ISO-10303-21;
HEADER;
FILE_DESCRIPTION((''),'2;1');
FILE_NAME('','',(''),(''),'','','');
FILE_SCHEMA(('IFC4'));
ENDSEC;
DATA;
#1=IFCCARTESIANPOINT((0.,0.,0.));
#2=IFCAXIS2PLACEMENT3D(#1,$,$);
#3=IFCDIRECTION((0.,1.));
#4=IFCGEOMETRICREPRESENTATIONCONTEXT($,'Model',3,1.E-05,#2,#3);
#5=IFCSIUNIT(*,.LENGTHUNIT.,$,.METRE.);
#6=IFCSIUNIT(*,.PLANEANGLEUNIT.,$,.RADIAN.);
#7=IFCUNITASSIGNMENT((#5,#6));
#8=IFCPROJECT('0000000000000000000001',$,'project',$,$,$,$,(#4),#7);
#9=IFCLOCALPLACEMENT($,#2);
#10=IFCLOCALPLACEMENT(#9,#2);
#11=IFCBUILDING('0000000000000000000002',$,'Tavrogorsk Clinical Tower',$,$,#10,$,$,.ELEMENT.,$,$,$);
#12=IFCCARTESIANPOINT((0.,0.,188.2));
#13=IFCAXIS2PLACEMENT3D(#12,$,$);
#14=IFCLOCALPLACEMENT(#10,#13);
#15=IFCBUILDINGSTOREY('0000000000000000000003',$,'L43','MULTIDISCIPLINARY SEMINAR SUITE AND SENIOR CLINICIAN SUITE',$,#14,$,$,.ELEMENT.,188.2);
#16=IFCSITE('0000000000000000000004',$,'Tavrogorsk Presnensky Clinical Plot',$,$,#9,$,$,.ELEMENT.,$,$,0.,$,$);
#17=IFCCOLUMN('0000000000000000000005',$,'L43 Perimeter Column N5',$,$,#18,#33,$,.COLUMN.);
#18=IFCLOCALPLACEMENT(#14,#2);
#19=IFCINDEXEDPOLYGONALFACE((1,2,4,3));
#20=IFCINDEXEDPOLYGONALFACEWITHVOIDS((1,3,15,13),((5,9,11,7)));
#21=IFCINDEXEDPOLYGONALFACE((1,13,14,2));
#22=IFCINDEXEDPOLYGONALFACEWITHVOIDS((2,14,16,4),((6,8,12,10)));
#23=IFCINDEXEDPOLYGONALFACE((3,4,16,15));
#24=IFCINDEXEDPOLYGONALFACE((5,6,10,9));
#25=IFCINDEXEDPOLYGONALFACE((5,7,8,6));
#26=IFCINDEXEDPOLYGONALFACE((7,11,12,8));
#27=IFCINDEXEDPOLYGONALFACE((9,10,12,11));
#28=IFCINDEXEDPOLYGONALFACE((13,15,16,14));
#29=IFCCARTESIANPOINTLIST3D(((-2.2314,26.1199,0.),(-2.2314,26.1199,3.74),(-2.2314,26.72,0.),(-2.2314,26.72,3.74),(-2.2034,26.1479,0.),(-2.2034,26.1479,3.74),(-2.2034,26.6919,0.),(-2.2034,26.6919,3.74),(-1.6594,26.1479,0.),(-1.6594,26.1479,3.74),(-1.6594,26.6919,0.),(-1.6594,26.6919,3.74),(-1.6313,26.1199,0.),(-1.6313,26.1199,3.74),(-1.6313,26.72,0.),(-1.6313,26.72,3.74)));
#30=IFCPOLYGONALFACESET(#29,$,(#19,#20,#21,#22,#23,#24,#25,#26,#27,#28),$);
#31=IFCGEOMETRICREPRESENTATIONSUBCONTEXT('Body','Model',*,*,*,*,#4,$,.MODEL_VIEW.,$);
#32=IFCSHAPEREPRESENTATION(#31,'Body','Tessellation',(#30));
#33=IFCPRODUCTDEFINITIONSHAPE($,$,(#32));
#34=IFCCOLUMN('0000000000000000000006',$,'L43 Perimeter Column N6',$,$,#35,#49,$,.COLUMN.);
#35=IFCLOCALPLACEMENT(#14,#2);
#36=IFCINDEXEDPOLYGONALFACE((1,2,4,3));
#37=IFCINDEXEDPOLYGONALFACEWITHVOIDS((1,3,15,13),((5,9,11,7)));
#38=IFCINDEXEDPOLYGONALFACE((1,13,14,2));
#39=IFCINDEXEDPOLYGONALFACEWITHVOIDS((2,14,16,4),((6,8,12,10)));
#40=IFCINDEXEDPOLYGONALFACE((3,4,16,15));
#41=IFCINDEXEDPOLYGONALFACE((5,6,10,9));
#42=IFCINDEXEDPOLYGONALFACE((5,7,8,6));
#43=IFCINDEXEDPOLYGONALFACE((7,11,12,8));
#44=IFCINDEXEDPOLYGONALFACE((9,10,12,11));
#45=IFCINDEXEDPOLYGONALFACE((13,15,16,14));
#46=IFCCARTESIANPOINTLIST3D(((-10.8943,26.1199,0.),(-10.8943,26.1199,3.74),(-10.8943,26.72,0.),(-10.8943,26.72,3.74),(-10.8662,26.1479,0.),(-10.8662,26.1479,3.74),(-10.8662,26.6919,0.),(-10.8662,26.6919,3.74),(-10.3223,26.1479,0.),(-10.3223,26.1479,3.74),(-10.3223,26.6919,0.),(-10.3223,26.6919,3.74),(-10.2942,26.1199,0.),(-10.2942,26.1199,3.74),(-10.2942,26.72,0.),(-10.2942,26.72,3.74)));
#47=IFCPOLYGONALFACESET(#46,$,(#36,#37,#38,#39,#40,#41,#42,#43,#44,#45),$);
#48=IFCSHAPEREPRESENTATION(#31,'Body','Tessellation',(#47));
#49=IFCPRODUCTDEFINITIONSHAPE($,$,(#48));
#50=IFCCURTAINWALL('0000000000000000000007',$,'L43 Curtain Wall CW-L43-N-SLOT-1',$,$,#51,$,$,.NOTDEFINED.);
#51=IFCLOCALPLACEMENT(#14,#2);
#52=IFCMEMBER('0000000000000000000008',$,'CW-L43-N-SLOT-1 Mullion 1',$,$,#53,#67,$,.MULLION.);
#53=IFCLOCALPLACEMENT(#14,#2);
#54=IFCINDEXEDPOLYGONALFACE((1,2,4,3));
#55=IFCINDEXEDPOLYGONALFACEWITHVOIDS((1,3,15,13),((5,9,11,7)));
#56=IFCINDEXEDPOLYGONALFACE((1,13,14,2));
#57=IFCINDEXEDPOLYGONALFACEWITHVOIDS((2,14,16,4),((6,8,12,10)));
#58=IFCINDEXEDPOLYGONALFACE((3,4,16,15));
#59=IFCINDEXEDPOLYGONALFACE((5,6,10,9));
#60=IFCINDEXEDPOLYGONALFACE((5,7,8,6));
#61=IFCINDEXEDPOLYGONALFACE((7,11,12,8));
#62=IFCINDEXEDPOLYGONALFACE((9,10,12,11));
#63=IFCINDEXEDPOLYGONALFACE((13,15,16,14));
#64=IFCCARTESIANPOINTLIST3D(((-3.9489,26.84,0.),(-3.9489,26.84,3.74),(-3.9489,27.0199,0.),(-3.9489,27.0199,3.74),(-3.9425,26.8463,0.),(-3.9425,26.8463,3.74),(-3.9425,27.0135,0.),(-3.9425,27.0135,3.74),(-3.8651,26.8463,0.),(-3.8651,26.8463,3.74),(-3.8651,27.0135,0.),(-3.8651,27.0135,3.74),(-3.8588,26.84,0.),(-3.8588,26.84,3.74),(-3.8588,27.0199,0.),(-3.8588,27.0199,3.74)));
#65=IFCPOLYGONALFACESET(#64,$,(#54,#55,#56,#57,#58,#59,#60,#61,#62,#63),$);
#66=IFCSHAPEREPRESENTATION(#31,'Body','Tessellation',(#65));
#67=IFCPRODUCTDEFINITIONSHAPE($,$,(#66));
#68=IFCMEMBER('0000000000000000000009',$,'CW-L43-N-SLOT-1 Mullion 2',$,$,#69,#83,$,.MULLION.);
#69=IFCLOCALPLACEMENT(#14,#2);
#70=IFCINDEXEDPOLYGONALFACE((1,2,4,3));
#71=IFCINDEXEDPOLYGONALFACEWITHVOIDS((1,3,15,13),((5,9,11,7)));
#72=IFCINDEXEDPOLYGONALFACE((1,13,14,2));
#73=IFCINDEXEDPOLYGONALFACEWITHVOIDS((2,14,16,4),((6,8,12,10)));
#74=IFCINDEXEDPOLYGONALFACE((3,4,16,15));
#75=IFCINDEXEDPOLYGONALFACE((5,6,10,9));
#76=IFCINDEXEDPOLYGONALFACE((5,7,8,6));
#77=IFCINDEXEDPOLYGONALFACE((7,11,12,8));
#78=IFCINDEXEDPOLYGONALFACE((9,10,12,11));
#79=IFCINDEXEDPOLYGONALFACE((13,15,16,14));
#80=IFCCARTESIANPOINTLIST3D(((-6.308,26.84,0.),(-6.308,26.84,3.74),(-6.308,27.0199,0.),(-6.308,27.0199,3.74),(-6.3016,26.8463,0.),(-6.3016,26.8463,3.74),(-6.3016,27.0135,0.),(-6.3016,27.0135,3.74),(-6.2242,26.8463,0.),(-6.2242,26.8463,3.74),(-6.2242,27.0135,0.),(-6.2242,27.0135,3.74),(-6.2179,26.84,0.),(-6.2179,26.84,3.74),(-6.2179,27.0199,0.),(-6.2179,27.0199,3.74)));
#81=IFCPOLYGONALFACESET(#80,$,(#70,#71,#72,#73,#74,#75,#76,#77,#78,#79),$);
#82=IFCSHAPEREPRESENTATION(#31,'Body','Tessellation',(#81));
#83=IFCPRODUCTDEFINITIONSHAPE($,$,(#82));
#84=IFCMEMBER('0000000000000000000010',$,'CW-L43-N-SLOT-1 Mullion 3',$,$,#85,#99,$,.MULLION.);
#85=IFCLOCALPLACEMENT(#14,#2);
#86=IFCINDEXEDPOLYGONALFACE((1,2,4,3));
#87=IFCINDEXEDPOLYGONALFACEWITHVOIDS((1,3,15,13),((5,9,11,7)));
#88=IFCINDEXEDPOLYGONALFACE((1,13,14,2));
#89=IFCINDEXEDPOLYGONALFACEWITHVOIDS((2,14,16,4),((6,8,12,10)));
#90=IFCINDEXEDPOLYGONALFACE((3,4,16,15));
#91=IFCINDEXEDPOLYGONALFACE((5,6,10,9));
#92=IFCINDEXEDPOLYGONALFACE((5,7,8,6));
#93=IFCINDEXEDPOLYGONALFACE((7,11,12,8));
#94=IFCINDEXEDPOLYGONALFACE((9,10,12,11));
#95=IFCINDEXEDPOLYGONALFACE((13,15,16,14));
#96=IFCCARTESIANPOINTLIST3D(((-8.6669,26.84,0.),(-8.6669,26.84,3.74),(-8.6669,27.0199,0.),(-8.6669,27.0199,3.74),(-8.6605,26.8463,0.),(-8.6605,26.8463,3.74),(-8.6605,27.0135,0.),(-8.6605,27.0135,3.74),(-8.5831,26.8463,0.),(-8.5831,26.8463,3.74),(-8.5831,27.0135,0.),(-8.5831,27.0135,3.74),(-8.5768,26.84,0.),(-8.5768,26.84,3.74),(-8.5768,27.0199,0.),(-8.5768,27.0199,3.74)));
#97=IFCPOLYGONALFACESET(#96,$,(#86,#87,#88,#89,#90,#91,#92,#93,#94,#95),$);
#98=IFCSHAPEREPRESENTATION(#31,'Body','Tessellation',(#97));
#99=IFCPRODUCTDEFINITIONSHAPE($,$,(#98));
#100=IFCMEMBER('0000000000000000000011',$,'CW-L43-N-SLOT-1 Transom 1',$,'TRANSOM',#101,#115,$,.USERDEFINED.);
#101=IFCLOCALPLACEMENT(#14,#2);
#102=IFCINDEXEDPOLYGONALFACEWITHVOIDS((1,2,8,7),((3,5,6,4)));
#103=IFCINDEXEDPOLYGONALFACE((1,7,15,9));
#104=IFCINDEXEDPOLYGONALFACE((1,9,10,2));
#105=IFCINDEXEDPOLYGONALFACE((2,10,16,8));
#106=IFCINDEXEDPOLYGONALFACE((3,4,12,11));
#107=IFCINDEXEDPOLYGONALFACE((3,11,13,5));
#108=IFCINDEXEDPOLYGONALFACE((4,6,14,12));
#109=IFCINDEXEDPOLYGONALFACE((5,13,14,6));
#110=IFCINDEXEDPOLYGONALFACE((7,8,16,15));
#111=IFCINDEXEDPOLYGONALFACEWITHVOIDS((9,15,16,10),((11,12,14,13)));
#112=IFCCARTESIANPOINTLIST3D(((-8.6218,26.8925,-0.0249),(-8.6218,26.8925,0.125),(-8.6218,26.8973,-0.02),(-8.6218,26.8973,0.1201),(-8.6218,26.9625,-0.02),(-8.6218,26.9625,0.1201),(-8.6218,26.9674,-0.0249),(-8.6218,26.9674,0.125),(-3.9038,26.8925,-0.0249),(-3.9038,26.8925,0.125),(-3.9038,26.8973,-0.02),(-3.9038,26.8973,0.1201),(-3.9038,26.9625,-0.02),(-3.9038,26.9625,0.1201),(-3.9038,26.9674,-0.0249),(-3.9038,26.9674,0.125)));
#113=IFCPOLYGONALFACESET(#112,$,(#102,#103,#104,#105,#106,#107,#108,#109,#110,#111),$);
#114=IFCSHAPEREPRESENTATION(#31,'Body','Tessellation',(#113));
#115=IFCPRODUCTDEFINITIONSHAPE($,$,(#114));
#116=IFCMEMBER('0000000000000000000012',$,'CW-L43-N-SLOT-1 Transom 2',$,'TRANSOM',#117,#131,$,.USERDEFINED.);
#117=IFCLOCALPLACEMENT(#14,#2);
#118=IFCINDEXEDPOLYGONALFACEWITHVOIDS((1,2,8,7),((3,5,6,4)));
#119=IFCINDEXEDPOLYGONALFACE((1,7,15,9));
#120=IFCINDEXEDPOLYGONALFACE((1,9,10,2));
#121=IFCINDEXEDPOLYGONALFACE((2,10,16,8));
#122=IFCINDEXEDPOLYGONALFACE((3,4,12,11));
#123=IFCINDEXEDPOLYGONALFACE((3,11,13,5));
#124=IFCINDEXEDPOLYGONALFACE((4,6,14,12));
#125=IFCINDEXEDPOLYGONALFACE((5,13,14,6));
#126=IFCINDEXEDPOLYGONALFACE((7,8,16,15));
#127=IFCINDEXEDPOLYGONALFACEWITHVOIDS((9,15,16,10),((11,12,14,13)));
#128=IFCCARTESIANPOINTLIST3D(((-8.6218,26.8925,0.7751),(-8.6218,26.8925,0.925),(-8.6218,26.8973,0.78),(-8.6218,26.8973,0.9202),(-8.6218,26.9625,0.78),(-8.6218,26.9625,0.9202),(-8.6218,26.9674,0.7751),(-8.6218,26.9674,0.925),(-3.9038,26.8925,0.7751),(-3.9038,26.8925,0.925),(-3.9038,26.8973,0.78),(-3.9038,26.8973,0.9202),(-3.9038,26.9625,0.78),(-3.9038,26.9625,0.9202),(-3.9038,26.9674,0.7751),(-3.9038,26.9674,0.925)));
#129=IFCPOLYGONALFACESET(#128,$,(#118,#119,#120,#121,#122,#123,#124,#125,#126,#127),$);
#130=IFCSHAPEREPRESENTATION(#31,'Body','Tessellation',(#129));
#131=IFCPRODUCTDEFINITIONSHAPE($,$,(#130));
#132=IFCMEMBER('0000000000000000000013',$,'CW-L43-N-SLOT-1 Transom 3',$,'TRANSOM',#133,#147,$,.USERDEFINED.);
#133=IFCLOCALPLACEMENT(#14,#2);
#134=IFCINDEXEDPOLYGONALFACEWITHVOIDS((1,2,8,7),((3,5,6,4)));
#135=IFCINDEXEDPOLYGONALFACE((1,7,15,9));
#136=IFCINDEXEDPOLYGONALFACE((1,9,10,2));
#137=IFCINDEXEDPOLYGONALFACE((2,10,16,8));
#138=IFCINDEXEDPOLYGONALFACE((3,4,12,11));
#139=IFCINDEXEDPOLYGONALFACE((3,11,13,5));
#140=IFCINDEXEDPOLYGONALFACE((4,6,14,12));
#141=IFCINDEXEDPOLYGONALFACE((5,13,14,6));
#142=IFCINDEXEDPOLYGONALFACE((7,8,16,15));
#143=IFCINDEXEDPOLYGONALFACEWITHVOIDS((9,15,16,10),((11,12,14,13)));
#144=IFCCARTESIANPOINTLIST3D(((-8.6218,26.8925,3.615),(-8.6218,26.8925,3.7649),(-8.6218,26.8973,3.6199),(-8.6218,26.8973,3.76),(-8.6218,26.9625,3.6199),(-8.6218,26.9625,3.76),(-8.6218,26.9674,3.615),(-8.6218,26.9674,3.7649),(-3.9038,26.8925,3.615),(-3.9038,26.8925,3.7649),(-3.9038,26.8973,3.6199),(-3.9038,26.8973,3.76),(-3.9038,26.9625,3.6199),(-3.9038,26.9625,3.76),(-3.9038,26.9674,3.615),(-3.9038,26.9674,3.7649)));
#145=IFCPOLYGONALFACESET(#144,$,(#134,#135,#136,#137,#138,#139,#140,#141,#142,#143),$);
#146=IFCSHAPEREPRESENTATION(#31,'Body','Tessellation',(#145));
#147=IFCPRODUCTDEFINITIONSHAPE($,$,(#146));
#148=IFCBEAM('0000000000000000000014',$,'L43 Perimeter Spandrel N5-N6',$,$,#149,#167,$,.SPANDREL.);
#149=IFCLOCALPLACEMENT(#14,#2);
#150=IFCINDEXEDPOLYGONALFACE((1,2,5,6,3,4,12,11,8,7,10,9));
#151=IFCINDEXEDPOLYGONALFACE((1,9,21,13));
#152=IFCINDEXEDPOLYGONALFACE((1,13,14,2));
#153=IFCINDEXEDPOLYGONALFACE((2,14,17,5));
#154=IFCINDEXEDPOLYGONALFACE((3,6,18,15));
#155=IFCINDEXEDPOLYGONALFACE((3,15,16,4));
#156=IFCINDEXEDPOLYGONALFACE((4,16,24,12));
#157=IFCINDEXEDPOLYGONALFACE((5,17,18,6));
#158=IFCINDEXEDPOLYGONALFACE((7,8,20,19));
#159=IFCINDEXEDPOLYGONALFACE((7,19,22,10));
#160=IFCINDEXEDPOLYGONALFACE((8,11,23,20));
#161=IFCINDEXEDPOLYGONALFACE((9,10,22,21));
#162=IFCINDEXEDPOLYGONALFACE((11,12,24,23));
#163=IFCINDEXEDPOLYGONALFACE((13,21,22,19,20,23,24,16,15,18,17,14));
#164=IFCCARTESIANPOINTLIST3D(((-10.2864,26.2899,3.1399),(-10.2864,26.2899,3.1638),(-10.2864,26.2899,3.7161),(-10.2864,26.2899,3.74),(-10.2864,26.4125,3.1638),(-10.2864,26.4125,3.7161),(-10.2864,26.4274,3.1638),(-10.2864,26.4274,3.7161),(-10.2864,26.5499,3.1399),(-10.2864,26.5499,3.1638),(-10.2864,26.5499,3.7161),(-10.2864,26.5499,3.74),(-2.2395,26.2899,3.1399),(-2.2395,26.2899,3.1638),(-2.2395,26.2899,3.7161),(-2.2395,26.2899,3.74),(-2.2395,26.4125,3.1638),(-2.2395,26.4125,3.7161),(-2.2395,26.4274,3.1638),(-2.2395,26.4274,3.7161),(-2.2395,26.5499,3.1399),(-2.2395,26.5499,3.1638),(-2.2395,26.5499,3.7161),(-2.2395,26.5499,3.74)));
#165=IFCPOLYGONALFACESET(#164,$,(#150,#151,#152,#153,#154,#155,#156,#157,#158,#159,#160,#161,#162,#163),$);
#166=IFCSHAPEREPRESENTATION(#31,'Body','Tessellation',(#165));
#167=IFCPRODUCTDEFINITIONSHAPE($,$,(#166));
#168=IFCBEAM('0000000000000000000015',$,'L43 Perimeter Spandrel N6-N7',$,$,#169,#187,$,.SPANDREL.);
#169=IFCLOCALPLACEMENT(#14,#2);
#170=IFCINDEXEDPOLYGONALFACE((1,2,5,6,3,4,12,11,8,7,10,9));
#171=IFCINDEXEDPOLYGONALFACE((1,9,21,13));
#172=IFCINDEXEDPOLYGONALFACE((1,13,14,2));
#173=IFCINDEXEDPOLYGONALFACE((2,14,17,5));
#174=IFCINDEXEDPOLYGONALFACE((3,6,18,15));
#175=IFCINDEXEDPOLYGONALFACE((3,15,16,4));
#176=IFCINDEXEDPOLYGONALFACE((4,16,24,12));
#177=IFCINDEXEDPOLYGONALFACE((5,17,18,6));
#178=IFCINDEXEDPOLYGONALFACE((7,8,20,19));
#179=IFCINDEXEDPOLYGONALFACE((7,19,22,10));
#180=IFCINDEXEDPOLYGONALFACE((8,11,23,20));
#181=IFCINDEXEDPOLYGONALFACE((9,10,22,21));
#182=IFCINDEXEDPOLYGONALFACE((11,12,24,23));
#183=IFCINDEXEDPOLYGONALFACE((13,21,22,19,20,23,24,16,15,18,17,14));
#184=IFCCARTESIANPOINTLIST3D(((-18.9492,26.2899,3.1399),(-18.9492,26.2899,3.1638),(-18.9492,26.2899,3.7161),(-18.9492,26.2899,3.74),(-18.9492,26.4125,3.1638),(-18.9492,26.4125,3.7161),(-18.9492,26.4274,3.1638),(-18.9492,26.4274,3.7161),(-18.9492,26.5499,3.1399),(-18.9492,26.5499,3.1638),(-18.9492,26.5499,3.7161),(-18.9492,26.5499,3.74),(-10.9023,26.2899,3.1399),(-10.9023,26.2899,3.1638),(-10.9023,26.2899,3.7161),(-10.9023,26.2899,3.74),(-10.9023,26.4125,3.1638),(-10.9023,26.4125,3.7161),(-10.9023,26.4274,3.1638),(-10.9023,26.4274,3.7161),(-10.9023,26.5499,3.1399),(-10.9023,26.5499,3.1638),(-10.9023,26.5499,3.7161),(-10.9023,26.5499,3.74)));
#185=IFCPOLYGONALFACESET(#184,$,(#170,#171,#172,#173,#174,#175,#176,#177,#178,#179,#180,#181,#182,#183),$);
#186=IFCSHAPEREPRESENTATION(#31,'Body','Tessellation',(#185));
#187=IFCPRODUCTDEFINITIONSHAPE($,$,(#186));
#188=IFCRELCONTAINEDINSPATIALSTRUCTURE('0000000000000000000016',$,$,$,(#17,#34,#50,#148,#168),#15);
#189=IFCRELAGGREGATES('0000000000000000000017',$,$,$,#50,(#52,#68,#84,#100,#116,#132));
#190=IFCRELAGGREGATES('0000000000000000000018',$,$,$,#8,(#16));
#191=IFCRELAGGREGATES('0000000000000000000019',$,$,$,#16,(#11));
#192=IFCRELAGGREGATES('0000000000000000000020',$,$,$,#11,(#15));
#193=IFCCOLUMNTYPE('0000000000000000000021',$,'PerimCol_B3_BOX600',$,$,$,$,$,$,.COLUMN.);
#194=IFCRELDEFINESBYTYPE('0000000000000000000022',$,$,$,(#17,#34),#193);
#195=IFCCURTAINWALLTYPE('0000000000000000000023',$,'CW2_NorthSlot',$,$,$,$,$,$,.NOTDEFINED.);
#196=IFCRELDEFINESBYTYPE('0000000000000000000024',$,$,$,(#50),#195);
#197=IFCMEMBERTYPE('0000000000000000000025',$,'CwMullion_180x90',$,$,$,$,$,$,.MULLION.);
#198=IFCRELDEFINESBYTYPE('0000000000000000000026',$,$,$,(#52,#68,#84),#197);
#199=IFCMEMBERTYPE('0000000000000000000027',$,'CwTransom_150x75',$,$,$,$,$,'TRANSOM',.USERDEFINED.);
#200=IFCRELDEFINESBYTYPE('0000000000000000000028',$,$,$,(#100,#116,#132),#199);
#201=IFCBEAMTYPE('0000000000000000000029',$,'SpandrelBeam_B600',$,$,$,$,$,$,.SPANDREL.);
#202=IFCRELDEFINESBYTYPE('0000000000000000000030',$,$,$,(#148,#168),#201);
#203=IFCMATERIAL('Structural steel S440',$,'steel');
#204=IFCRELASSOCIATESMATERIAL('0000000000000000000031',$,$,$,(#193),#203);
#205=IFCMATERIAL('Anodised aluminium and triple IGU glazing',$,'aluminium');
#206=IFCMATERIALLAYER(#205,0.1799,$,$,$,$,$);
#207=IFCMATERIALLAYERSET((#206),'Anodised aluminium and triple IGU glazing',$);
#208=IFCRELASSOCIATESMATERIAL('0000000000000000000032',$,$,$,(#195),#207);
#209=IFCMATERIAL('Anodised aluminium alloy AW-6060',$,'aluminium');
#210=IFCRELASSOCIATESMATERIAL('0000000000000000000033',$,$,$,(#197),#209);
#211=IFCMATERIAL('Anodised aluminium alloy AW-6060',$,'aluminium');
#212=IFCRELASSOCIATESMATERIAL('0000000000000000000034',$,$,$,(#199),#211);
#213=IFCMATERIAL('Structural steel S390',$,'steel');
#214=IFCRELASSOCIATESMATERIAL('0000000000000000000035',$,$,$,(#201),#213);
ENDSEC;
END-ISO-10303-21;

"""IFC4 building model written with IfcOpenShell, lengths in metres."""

from ifc_helpers import new_model, si_unit, direction, frame, origin, origin_2d, place, context, subcontext, project, spatial, hollow_rectangle, i_section, extrude, material, layer, layer_set, material_profile, profile_set, type_object, element, aggregate, save


model = new_model("IFC4")

# Units and contexts
model_context = context("Model", 3, precision=1e-05, world=origin(), true_north=direction((0.0, 1.0)))
body_context = subcontext(model_context, "Body", "Model", "MODEL_VIEW")
ifc_project = project(units=[si_unit("LENGTHUNIT", "METRE"), si_unit("PLANEANGLEUNIT", "RADIAN")], contexts=[model_context])

# Site, building, storey
site_placement = place(None, origin())
site = spatial("IfcSite", under=ifc_project, at=site_placement, Name="Tavrogorsk Presnensky Clinical Plot", CompositionType="ELEMENT", RefElevation=0.0)
building_placement = place(site_placement, origin())
building = spatial("IfcBuilding", under=site, at=building_placement, Name="Tavrogorsk Clinical Tower", CompositionType="ELEMENT")
storey_placement = place(building_placement, frame((0.0, 0.0, 188.2)))
storey = spatial("IfcBuildingStorey", under=building, at=storey_placement, Name="L43", Description="MULTIDISCIPLINARY SEMINAR SUITE AND SENIOR CLINICIAN SUITE", CompositionType="ELEMENT", Elevation=188.2)

# Columns
ifc_material_1 = material(Name="Structural steel S440", Category="steel")
ifc_material_profile_1 = material_profile(ifc_material_1, hollow_rectangle(XDim=0.6001, YDim=0.6001, WallThickness=0.0281, at=origin_2d()), Name="BOX-600x600x28")
ifc_profile_set_1 = profile_set([ifc_material_profile_1], Name="Structural steel S440")
column_type = type_object("IfcColumnType", Name="PerimCol_B3_BOX600", PredefinedType="COLUMN", material=ifc_profile_set_1)
for number, where, z_axis, x_axis, name in (
    (1, (-1.9314, 26.4199, 0.0), (0.0, 0.0, 1.0), (1.0, 0.0, 0.0), "L43 Perimeter Column N5"),
    (2, (-10.5942, 26.4199, 0.0), (0.0, 0.0, 1.0), (1.0, 0.0, 0.0), "L43 Perimeter Column N6"),
):
    element("IfcColumn", number, at=place(storey_placement, frame(where, z_axis=z_axis, x_axis=x_axis)), inside=storey, type_object=column_type, Name=name, PredefinedType="COLUMN", context=body_context, shape_type="SweptSolid", body=[
        extrude(hollow_rectangle(XDim=0.6001, YDim=0.6001, WallThickness=0.0281, at=origin_2d()), origin(), (0.0, 0.0, 1.0), 3.74),
    ])

# Curtain wall, members
ifc_material_2 = material(Name="Anodised aluminium and triple IGU glazing", Category="aluminium")
ifc_layer_1 = layer(ifc_material_2, 0.1799)
ifc_layer_set_1 = layer_set([ifc_layer_1], Name="Anodised aluminium and triple IGU glazing")
curtain_wall_type = type_object("IfcCurtainWallType", Name="CW2_NorthSlot", PredefinedType="NOTDEFINED", material=ifc_layer_set_1)
curtain_wall_placement = place(storey_placement, origin())
curtain_wall = element("IfcCurtainWall", 3, at=curtain_wall_placement, inside=storey, type_object=curtain_wall_type, Name="L43 Curtain Wall CW-L43-N-SLOT-1", PredefinedType="NOTDEFINED")
ifc_material_3 = material(Name="Anodised aluminium alloy AW-6060", Category="aluminium")
ifc_material_profile_2 = material_profile(ifc_material_3, hollow_rectangle(XDim=0.0901, YDim=0.1799, WallThickness=0.0063, at=origin_2d()), Name="RHS-180x90x6.3")
ifc_profile_set_2 = profile_set([ifc_material_profile_2], Name="Anodised aluminium alloy AW-6060")
member_type_1 = type_object("IfcMemberType", Name="CwMullion_180x90", PredefinedType="MULLION", material=ifc_profile_set_2)
member_1_placement = place(storey_placement, frame((-3.9038, 26.9299, 0.0), z_axis=(0.0, 0.0, 1.0), x_axis=(-1.0, 0.0, 0.0)))
member_1 = element("IfcMember", 4, at=member_1_placement, type_object=member_type_1, Name="CW-L43-N-SLOT-1 Mullion 1", PredefinedType="MULLION", context=body_context, shape_type="SweptSolid", body=[
    extrude(hollow_rectangle(XDim=0.0901, YDim=0.1799, WallThickness=0.0063, at=origin_2d()), origin(), (0.0, 0.0, 1.0), 3.74),
])
member_2_placement = place(storey_placement, frame((-6.2629, 26.9299, 0.0), z_axis=(0.0, 0.0, 1.0), x_axis=(-1.0, 0.0, 0.0)))
member_2 = element("IfcMember", 5, at=member_2_placement, type_object=member_type_1, Name="CW-L43-N-SLOT-1 Mullion 2", PredefinedType="MULLION", context=body_context, shape_type="SweptSolid", body=[
    extrude(hollow_rectangle(XDim=0.0901, YDim=0.1799, WallThickness=0.0063, at=origin_2d()), origin(), (0.0, 0.0, 1.0), 3.74),
])
member_3_placement = place(storey_placement, frame((-8.6218, 26.9299, 0.0), z_axis=(0.0, 0.0, 1.0), x_axis=(-1.0, 0.0, 0.0)))
member_3 = element("IfcMember", 6, at=member_3_placement, type_object=member_type_1, Name="CW-L43-N-SLOT-1 Mullion 3", PredefinedType="MULLION", context=body_context, shape_type="SweptSolid", body=[
    extrude(hollow_rectangle(XDim=0.0901, YDim=0.1799, WallThickness=0.0063, at=origin_2d()), origin(), (0.0, 0.0, 1.0), 3.74),
])
ifc_material_4 = material(Name="Anodised aluminium alloy AW-6060", Category="aluminium")
ifc_material_profile_3 = material_profile(ifc_material_4, hollow_rectangle(XDim=0.075, YDim=0.1499, WallThickness=0.0049, at=origin_2d()), Name="RHS-150x75x5")
ifc_profile_set_3 = profile_set([ifc_material_profile_3], Name="Anodised aluminium alloy AW-6060")
member_type_2 = type_object("IfcMemberType", Name="CwTransom_150x75", ElementType="TRANSOM", PredefinedType="USERDEFINED", material=ifc_profile_set_3)
member_4_placement = place(storey_placement, frame((-3.9038, 26.9299, 0.05), z_axis=(-1.0, 0.0, 0.0), x_axis=(0.0, -1.0, 0.0)))
member_4 = element("IfcMember", 7, at=member_4_placement, type_object=member_type_2, Name="CW-L43-N-SLOT-1 Transom 1", ObjectType="TRANSOM", PredefinedType="USERDEFINED", context=body_context, shape_type="SweptSolid", body=[
    extrude(hollow_rectangle(XDim=0.075, YDim=0.1499, WallThickness=0.0049, at=origin_2d()), origin(), (0.0, 0.0, 1.0), 4.718),
])
member_5_placement = place(storey_placement, frame((-3.9038, 26.9299, 0.8501), z_axis=(-1.0, 0.0, 0.0), x_axis=(0.0, -1.0, 0.0)))
member_5 = element("IfcMember", 8, at=member_5_placement, type_object=member_type_2, Name="CW-L43-N-SLOT-1 Transom 2", ObjectType="TRANSOM", PredefinedType="USERDEFINED", context=body_context, shape_type="SweptSolid", body=[
    extrude(hollow_rectangle(XDim=0.075, YDim=0.1499, WallThickness=0.0049, at=origin_2d()), origin(), (0.0, 0.0, 1.0), 4.718),
])
member_6_placement = place(storey_placement, frame((-3.9038, 26.9299, 3.6899), z_axis=(-1.0, 0.0, 0.0), x_axis=(0.0, -1.0, 0.0)))
member_6 = element("IfcMember", 9, at=member_6_placement, type_object=member_type_2, Name="CW-L43-N-SLOT-1 Transom 3", ObjectType="TRANSOM", PredefinedType="USERDEFINED", context=body_context, shape_type="SweptSolid", body=[
    extrude(hollow_rectangle(XDim=0.075, YDim=0.1499, WallThickness=0.0049, at=origin_2d()), origin(), (0.0, 0.0, 1.0), 4.718),
])

# Beams
ifc_material_5 = material(Name="Structural steel S390", Category="steel")
ifc_material_profile_4 = material_profile(ifc_material_5, i_section(OverallWidth=0.26, OverallDepth=0.6001, WebThickness=0.0149, FlangeThickness=0.0239, at=origin_2d()), Name="B-600x260x15x24")
ifc_profile_set_4 = profile_set([ifc_material_profile_4], Name="Structural steel S390")
beam_type = type_object("IfcBeamType", Name="SpandrelBeam_B600", PredefinedType="SPANDREL", material=ifc_profile_set_4)
for number, where, z_axis, x_axis, name in (
    (10, (-2.2395, 26.4199, 3.4399), (-1.0, 0.0, 0.0), (0.0, -1.0, 0.0), "L43 Perimeter Spandrel N5-N6"),
    (11, (-10.9023, 26.4199, 3.4399), (-1.0, 0.0, 0.0), (0.0, -1.0, 0.0), "L43 Perimeter Spandrel N6-N7"),
):
    element("IfcBeam", number, at=place(storey_placement, frame(where, z_axis=z_axis, x_axis=x_axis)), inside=storey, type_object=beam_type, Name=name, PredefinedType="SPANDREL", context=body_context, shape_type="SweptSolid", body=[
        extrude(i_section(OverallWidth=0.26, OverallDepth=0.6001, WebThickness=0.0149, FlangeThickness=0.0239, at=origin_2d()), origin(), (0.0, 0.0, 1.0), 8.0469),
    ])

aggregate(curtain_wall, [member_1, member_2, member_3, member_4, member_5, member_6])

save(model, "model.ifc")
